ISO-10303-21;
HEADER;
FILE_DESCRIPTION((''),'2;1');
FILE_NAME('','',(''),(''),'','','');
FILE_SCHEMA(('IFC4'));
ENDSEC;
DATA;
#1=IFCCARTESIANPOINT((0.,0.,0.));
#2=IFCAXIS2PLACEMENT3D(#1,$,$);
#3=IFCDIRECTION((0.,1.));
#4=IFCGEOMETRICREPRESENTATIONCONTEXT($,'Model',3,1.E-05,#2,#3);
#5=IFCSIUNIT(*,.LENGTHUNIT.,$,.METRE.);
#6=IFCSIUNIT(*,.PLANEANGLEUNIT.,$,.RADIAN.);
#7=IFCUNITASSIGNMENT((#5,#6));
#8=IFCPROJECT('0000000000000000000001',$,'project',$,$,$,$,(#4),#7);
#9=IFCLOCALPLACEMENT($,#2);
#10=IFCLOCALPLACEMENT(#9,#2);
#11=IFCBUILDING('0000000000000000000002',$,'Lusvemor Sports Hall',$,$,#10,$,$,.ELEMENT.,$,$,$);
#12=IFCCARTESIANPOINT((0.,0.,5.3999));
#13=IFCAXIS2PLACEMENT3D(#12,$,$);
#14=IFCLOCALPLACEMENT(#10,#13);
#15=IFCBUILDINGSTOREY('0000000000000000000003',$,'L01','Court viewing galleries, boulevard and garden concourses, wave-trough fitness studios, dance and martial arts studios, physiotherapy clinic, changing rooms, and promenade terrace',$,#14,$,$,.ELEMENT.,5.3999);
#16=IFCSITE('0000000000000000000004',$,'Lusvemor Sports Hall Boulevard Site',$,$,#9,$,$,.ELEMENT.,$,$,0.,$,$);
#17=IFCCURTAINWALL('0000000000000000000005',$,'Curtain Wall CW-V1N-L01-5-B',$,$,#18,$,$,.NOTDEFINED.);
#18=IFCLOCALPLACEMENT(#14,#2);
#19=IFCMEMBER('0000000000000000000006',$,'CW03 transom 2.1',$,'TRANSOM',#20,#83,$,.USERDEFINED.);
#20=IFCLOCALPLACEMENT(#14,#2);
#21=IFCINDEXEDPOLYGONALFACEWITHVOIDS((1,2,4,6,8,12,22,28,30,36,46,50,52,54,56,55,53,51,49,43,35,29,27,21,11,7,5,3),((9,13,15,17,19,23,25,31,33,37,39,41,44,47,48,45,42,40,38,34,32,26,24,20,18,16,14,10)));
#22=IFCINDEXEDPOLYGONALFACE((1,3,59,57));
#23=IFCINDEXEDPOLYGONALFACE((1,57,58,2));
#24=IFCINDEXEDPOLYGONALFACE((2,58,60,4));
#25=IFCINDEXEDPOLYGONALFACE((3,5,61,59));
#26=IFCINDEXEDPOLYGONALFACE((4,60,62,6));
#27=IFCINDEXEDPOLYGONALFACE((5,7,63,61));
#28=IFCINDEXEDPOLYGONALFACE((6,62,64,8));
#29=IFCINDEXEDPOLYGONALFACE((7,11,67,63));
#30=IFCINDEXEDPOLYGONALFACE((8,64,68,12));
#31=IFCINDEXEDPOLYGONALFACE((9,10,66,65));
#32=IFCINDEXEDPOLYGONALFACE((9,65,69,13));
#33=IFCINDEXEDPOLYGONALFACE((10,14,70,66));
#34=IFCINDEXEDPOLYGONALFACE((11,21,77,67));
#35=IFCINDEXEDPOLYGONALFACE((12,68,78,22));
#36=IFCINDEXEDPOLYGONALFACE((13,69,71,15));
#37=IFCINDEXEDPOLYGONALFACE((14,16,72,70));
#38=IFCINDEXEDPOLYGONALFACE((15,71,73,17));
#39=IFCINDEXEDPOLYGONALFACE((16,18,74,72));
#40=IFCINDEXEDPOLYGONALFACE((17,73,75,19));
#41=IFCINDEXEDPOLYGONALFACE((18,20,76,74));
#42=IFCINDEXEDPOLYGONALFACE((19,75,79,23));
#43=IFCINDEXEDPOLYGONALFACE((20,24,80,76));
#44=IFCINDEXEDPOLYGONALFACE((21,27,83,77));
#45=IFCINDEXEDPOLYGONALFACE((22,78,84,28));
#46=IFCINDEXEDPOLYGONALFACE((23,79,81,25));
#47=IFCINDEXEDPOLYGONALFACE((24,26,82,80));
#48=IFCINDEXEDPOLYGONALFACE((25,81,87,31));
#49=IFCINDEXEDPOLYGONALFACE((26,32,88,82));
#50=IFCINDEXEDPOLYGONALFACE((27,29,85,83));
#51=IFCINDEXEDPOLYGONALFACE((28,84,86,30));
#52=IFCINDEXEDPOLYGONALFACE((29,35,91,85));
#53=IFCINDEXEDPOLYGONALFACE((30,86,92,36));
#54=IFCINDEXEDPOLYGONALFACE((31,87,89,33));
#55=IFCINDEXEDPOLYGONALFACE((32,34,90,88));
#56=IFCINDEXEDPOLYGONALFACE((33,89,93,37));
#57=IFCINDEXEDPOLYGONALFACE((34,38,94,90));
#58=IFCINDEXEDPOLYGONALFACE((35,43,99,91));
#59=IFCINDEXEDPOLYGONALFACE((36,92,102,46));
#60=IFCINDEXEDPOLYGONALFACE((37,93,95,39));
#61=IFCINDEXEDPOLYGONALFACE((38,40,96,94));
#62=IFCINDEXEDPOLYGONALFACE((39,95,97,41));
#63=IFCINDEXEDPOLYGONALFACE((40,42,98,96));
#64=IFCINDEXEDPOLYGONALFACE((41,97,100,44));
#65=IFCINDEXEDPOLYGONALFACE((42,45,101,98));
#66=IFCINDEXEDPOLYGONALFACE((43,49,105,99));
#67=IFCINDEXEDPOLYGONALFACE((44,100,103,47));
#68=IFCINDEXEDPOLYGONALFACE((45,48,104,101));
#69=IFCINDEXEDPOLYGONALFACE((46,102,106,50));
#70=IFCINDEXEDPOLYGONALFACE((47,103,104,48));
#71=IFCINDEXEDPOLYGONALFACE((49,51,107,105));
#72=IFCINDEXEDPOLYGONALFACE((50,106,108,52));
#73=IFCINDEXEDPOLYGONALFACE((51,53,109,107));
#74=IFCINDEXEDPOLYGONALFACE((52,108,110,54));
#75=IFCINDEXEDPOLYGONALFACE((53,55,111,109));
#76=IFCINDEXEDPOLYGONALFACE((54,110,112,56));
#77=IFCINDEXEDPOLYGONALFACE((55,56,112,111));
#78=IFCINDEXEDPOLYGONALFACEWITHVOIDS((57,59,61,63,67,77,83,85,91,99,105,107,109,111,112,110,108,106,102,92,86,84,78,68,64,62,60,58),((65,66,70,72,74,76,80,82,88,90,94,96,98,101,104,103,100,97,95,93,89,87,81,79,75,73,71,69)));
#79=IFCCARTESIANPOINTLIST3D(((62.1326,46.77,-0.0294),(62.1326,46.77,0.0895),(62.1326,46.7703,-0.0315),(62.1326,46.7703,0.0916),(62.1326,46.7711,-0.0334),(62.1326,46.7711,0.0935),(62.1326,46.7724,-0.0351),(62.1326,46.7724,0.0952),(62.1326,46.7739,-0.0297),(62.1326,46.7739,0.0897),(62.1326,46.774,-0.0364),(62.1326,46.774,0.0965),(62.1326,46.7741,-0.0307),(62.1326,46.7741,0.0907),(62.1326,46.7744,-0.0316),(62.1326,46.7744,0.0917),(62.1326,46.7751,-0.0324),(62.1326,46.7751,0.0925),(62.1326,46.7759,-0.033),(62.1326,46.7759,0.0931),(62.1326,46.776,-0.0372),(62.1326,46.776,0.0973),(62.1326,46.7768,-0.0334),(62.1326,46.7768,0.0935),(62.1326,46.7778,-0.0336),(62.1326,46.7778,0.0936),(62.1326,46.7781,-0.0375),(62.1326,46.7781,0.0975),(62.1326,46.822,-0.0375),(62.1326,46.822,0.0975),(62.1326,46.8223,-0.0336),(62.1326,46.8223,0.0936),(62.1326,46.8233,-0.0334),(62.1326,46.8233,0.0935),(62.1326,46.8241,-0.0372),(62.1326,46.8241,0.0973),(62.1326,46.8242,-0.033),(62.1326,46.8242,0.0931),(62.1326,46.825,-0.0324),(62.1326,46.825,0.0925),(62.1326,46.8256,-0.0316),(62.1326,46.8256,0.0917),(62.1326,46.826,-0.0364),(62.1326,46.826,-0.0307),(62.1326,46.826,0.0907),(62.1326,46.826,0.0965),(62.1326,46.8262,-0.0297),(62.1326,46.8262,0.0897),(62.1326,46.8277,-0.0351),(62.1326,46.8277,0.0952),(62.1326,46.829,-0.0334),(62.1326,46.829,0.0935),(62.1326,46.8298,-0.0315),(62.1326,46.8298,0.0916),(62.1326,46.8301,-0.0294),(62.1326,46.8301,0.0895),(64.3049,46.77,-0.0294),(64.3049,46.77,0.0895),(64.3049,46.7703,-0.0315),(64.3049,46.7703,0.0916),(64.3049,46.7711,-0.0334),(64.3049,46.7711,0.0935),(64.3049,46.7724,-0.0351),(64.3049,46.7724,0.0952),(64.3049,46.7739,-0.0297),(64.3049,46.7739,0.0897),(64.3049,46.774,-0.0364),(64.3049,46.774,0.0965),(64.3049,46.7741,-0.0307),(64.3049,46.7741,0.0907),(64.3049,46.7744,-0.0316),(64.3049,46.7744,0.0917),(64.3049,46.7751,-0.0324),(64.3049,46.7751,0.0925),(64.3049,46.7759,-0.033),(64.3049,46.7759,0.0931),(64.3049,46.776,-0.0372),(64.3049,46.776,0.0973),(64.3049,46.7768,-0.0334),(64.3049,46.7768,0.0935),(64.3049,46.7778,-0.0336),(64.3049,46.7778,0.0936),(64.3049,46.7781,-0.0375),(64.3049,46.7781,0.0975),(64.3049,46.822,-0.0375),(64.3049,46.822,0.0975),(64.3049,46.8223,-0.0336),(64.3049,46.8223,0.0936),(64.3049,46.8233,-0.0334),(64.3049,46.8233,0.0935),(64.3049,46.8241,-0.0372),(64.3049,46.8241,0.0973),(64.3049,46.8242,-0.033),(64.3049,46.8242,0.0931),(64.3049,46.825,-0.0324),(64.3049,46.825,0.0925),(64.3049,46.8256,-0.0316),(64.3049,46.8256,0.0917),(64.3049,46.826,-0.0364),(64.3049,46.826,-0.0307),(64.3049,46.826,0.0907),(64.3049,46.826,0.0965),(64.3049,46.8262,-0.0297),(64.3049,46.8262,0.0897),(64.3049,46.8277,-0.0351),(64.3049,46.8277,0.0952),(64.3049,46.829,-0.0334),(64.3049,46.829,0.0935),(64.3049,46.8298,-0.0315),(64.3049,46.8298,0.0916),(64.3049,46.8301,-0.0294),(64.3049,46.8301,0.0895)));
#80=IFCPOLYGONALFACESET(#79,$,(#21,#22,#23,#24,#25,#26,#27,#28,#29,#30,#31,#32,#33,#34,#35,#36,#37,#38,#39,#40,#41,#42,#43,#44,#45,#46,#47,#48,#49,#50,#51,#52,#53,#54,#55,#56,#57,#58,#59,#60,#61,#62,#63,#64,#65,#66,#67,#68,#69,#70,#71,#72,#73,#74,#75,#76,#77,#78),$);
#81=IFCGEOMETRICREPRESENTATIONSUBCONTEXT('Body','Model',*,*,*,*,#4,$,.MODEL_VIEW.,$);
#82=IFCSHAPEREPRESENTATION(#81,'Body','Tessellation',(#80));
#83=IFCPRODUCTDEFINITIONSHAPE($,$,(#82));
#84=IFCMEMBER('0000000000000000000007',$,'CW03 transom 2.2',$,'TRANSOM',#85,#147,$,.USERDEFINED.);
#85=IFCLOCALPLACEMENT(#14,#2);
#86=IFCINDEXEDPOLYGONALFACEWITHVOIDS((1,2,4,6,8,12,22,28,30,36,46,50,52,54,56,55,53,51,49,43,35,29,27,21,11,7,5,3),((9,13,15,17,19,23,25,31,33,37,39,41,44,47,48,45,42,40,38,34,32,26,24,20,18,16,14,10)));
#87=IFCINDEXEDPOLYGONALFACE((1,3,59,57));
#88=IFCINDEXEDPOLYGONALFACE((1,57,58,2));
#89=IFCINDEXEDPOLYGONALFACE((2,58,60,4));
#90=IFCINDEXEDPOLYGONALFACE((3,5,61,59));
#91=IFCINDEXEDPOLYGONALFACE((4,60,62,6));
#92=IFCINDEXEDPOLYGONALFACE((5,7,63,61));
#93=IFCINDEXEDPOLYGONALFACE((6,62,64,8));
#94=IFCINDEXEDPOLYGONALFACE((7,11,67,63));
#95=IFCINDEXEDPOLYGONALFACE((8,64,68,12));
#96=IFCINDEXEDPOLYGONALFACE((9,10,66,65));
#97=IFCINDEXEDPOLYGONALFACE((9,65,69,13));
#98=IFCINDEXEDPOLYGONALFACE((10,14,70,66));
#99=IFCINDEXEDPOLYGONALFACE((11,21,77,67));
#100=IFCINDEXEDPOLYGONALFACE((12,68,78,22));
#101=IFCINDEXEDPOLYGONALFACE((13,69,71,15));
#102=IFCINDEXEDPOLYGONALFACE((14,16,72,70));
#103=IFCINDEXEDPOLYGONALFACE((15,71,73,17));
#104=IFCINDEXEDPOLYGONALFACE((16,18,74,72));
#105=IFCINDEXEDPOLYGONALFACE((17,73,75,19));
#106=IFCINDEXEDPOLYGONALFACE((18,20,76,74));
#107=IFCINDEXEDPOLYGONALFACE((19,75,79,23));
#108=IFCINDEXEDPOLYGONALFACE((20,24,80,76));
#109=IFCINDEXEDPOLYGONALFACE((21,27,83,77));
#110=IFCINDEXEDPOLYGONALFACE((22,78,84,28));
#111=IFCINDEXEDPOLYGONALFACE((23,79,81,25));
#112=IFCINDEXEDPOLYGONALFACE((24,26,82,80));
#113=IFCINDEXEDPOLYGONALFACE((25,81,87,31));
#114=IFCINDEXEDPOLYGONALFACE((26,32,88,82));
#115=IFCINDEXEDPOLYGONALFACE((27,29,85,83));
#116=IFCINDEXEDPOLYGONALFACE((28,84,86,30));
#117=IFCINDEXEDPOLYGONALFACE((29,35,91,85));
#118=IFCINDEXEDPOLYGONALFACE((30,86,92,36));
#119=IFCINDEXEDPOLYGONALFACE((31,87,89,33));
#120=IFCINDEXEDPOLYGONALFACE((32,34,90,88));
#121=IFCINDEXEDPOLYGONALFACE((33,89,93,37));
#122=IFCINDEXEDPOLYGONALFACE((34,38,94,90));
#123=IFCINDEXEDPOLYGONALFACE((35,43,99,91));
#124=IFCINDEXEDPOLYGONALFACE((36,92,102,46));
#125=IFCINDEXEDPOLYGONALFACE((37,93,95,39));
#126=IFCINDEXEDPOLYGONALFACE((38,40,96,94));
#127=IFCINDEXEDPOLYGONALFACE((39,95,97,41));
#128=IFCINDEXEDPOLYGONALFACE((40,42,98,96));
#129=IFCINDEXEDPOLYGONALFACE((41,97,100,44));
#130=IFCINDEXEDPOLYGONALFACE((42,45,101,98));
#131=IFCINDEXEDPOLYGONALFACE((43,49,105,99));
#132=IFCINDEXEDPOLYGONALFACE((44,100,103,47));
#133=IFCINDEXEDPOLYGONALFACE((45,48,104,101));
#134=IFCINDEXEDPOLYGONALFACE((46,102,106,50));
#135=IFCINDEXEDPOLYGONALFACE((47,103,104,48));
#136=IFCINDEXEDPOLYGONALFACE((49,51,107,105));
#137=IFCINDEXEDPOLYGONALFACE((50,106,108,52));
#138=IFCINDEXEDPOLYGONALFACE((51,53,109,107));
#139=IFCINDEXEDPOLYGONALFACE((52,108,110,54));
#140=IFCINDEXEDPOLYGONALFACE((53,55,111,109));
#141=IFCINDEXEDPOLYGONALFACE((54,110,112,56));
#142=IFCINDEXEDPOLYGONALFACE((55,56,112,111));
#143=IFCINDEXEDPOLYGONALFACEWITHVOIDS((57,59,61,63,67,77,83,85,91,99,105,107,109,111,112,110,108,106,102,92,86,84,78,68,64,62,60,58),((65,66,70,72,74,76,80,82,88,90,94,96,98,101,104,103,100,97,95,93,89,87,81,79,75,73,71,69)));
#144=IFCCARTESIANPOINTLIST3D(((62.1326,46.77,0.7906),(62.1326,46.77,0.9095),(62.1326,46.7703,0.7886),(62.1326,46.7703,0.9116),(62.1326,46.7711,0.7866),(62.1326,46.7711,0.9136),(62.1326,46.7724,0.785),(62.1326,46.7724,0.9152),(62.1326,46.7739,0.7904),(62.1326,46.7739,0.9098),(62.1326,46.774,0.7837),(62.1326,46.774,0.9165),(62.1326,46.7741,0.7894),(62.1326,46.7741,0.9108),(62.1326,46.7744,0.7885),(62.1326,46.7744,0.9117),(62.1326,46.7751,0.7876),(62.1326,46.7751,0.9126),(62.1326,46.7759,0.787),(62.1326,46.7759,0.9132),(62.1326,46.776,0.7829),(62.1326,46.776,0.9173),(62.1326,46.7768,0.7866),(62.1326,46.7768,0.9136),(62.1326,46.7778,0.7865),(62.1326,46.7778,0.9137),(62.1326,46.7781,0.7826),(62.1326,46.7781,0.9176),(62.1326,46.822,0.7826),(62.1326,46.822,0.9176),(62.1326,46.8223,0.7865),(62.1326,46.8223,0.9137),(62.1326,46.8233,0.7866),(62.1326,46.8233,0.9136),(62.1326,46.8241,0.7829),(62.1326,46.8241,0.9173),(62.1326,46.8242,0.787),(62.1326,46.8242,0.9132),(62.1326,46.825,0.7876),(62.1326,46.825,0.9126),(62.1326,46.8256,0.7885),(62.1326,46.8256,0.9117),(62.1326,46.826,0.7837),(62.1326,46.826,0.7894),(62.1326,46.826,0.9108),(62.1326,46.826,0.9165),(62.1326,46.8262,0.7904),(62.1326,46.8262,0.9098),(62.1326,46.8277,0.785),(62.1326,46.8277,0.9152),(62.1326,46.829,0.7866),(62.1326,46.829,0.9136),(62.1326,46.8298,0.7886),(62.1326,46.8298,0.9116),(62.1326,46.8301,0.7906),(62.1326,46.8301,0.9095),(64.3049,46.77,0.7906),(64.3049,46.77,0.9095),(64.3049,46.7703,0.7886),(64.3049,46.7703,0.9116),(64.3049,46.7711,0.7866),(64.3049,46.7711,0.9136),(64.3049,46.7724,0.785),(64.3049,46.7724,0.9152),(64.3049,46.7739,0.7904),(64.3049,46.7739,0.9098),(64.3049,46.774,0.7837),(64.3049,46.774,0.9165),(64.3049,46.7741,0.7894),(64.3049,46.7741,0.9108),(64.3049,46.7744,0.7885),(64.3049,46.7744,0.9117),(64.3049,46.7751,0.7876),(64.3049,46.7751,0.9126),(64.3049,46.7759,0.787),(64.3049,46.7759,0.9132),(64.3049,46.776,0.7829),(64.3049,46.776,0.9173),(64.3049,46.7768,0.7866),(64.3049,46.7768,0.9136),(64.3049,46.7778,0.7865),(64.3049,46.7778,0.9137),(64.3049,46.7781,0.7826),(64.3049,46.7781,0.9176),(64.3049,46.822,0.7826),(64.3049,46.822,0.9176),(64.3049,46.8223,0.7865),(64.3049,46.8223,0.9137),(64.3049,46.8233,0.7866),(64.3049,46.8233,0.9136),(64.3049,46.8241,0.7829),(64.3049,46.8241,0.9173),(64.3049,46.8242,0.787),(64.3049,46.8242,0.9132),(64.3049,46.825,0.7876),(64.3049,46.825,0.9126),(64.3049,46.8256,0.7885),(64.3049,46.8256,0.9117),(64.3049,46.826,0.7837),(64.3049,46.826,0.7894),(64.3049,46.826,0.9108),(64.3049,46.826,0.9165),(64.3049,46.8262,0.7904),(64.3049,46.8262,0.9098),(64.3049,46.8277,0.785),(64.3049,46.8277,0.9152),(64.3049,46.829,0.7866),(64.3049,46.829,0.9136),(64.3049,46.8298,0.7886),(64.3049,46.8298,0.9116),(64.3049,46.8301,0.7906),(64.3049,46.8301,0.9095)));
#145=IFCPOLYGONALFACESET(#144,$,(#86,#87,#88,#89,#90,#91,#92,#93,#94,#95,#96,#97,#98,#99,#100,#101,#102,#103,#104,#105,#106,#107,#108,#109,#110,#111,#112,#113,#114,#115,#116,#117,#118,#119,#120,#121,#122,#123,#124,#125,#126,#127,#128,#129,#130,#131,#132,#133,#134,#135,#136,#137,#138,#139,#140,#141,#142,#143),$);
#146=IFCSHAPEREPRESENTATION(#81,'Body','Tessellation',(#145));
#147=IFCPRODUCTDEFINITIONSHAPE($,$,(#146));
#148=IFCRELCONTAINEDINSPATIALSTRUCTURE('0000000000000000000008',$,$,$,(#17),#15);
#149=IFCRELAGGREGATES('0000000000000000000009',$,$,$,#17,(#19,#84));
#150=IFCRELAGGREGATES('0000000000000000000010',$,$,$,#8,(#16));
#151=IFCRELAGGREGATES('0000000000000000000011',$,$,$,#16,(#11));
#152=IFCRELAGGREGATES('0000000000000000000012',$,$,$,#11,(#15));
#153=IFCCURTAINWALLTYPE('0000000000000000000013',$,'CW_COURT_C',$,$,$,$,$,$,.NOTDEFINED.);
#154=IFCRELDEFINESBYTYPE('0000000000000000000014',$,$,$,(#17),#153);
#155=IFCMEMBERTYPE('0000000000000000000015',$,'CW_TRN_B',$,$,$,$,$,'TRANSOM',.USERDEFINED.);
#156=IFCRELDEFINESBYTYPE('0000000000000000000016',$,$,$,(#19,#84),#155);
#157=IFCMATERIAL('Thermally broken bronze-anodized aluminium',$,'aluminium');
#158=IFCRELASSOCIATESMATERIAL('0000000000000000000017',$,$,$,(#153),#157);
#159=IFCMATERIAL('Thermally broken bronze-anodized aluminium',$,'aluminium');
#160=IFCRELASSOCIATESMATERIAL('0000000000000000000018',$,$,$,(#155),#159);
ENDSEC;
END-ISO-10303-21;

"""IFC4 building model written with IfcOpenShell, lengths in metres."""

from ifc_helpers import new_model, si_unit, direction, frame, origin, origin_2d, place, context, subcontext, project, spatial, hollow_rectangle, extrude, material, material_profile, profile_set, type_object, element, aggregate, save


model = new_model("IFC4")

# Units and contexts
model_context = context("Model", 3, precision=1e-05, world=origin(), true_north=direction((0.0, 1.0)))
body_context = subcontext(model_context, "Body", "Model", "MODEL_VIEW")
ifc_project = project(units=[si_unit("LENGTHUNIT", "METRE"), si_unit("PLANEANGLEUNIT", "RADIAN")], contexts=[model_context])

# Site, building, storey
site_placement = place(None, origin())
site = spatial("IfcSite", under=ifc_project, at=site_placement, Name="Lusvemor Sports Hall Boulevard Site", CompositionType="ELEMENT", RefElevation=0.0)
building_placement = place(site_placement, origin())
building = spatial("IfcBuilding", under=site, at=building_placement, Name="Lusvemor Sports Hall", CompositionType="ELEMENT")
storey_placement = place(building_placement, frame((0.0, 0.0, 5.3999)))
storey = spatial("IfcBuildingStorey", under=building, at=storey_placement, Name="L01", Description="Court viewing galleries, boulevard and garden concourses, wave-trough fitness studios, dance and martial arts studios, physiotherapy clinic, changing rooms, and promenade terrace", CompositionType="ELEMENT", Elevation=5.3999)

# Shared definitions
ifc_material_1 = material(Name="Thermally broken bronze-anodized aluminium", Category="aluminium")
curtain_wall_type = type_object("IfcCurtainWallType", Name="CW_COURT_C", PredefinedType="NOTDEFINED", material=ifc_material_1)

# Curtain wall
curtain_wall_1_placement = place(storey_placement, origin())
curtain_wall_1 = element("IfcCurtainWall", 1, at=curtain_wall_1_placement, inside=storey, type_object=curtain_wall_type, Name="Curtain Wall CW-V1N-L01-5-B", PredefinedType="NOTDEFINED")

# Members
ifc_material_2 = material(Name="Thermally broken bronze-anodized aluminium", Category="aluminium")
ifc_material_profile_1 = material_profile(ifc_material_2, hollow_rectangle(XDim=0.0601, YDim=0.135, WallThickness=0.0039, InnerFilletRadius=0.0039, OuterFilletRadius=0.0081, at=origin_2d()), Name="CWTRN135x60x4")
ifc_profile_set_1 = profile_set([ifc_material_profile_1], Name="Thermally broken bronze-anodized aluminium")
member_type_1 = type_object("IfcMemberType", Name="CW_TRN_B", ElementType="TRANSOM", PredefinedType="USERDEFINED", material=ifc_profile_set_1)
member_1_placement = place(storey_placement, frame((62.1326, 46.8, 0.03), z_axis=(1.0, 0.0, 0.0), x_axis=(0.0, 1.0, 0.0)))
member_1 = element("IfcMember", 2, at=member_1_placement, type_object=member_type_1, Name="CW03 transom 2.1", ObjectType="TRANSOM", PredefinedType="USERDEFINED", context=body_context, shape_type="SweptSolid", body=[
    extrude(hollow_rectangle(XDim=0.0601, YDim=0.135, WallThickness=0.0039, InnerFilletRadius=0.0039, OuterFilletRadius=0.0081, at=origin_2d()), origin(), (0.0, 0.0, 1.0), 2.1724),
])
member_2_placement = place(storey_placement, frame((62.1326, 46.8, 0.8501), z_axis=(1.0, 0.0, 0.0), x_axis=(0.0, 1.0, 0.0)))
member_2 = element("IfcMember", 3, at=member_2_placement, type_object=member_type_1, Name="CW03 transom 2.2", ObjectType="TRANSOM", PredefinedType="USERDEFINED", context=body_context, shape_type="SweptSolid", body=[
    extrude(hollow_rectangle(XDim=0.0601, YDim=0.135, WallThickness=0.0039, InnerFilletRadius=0.0039, OuterFilletRadius=0.0081, at=origin_2d()), origin(), (0.0, 0.0, 1.0), 2.1724),
])

aggregate(curtain_wall_1, [member_1, member_2])

save(model, "model.ifc")
